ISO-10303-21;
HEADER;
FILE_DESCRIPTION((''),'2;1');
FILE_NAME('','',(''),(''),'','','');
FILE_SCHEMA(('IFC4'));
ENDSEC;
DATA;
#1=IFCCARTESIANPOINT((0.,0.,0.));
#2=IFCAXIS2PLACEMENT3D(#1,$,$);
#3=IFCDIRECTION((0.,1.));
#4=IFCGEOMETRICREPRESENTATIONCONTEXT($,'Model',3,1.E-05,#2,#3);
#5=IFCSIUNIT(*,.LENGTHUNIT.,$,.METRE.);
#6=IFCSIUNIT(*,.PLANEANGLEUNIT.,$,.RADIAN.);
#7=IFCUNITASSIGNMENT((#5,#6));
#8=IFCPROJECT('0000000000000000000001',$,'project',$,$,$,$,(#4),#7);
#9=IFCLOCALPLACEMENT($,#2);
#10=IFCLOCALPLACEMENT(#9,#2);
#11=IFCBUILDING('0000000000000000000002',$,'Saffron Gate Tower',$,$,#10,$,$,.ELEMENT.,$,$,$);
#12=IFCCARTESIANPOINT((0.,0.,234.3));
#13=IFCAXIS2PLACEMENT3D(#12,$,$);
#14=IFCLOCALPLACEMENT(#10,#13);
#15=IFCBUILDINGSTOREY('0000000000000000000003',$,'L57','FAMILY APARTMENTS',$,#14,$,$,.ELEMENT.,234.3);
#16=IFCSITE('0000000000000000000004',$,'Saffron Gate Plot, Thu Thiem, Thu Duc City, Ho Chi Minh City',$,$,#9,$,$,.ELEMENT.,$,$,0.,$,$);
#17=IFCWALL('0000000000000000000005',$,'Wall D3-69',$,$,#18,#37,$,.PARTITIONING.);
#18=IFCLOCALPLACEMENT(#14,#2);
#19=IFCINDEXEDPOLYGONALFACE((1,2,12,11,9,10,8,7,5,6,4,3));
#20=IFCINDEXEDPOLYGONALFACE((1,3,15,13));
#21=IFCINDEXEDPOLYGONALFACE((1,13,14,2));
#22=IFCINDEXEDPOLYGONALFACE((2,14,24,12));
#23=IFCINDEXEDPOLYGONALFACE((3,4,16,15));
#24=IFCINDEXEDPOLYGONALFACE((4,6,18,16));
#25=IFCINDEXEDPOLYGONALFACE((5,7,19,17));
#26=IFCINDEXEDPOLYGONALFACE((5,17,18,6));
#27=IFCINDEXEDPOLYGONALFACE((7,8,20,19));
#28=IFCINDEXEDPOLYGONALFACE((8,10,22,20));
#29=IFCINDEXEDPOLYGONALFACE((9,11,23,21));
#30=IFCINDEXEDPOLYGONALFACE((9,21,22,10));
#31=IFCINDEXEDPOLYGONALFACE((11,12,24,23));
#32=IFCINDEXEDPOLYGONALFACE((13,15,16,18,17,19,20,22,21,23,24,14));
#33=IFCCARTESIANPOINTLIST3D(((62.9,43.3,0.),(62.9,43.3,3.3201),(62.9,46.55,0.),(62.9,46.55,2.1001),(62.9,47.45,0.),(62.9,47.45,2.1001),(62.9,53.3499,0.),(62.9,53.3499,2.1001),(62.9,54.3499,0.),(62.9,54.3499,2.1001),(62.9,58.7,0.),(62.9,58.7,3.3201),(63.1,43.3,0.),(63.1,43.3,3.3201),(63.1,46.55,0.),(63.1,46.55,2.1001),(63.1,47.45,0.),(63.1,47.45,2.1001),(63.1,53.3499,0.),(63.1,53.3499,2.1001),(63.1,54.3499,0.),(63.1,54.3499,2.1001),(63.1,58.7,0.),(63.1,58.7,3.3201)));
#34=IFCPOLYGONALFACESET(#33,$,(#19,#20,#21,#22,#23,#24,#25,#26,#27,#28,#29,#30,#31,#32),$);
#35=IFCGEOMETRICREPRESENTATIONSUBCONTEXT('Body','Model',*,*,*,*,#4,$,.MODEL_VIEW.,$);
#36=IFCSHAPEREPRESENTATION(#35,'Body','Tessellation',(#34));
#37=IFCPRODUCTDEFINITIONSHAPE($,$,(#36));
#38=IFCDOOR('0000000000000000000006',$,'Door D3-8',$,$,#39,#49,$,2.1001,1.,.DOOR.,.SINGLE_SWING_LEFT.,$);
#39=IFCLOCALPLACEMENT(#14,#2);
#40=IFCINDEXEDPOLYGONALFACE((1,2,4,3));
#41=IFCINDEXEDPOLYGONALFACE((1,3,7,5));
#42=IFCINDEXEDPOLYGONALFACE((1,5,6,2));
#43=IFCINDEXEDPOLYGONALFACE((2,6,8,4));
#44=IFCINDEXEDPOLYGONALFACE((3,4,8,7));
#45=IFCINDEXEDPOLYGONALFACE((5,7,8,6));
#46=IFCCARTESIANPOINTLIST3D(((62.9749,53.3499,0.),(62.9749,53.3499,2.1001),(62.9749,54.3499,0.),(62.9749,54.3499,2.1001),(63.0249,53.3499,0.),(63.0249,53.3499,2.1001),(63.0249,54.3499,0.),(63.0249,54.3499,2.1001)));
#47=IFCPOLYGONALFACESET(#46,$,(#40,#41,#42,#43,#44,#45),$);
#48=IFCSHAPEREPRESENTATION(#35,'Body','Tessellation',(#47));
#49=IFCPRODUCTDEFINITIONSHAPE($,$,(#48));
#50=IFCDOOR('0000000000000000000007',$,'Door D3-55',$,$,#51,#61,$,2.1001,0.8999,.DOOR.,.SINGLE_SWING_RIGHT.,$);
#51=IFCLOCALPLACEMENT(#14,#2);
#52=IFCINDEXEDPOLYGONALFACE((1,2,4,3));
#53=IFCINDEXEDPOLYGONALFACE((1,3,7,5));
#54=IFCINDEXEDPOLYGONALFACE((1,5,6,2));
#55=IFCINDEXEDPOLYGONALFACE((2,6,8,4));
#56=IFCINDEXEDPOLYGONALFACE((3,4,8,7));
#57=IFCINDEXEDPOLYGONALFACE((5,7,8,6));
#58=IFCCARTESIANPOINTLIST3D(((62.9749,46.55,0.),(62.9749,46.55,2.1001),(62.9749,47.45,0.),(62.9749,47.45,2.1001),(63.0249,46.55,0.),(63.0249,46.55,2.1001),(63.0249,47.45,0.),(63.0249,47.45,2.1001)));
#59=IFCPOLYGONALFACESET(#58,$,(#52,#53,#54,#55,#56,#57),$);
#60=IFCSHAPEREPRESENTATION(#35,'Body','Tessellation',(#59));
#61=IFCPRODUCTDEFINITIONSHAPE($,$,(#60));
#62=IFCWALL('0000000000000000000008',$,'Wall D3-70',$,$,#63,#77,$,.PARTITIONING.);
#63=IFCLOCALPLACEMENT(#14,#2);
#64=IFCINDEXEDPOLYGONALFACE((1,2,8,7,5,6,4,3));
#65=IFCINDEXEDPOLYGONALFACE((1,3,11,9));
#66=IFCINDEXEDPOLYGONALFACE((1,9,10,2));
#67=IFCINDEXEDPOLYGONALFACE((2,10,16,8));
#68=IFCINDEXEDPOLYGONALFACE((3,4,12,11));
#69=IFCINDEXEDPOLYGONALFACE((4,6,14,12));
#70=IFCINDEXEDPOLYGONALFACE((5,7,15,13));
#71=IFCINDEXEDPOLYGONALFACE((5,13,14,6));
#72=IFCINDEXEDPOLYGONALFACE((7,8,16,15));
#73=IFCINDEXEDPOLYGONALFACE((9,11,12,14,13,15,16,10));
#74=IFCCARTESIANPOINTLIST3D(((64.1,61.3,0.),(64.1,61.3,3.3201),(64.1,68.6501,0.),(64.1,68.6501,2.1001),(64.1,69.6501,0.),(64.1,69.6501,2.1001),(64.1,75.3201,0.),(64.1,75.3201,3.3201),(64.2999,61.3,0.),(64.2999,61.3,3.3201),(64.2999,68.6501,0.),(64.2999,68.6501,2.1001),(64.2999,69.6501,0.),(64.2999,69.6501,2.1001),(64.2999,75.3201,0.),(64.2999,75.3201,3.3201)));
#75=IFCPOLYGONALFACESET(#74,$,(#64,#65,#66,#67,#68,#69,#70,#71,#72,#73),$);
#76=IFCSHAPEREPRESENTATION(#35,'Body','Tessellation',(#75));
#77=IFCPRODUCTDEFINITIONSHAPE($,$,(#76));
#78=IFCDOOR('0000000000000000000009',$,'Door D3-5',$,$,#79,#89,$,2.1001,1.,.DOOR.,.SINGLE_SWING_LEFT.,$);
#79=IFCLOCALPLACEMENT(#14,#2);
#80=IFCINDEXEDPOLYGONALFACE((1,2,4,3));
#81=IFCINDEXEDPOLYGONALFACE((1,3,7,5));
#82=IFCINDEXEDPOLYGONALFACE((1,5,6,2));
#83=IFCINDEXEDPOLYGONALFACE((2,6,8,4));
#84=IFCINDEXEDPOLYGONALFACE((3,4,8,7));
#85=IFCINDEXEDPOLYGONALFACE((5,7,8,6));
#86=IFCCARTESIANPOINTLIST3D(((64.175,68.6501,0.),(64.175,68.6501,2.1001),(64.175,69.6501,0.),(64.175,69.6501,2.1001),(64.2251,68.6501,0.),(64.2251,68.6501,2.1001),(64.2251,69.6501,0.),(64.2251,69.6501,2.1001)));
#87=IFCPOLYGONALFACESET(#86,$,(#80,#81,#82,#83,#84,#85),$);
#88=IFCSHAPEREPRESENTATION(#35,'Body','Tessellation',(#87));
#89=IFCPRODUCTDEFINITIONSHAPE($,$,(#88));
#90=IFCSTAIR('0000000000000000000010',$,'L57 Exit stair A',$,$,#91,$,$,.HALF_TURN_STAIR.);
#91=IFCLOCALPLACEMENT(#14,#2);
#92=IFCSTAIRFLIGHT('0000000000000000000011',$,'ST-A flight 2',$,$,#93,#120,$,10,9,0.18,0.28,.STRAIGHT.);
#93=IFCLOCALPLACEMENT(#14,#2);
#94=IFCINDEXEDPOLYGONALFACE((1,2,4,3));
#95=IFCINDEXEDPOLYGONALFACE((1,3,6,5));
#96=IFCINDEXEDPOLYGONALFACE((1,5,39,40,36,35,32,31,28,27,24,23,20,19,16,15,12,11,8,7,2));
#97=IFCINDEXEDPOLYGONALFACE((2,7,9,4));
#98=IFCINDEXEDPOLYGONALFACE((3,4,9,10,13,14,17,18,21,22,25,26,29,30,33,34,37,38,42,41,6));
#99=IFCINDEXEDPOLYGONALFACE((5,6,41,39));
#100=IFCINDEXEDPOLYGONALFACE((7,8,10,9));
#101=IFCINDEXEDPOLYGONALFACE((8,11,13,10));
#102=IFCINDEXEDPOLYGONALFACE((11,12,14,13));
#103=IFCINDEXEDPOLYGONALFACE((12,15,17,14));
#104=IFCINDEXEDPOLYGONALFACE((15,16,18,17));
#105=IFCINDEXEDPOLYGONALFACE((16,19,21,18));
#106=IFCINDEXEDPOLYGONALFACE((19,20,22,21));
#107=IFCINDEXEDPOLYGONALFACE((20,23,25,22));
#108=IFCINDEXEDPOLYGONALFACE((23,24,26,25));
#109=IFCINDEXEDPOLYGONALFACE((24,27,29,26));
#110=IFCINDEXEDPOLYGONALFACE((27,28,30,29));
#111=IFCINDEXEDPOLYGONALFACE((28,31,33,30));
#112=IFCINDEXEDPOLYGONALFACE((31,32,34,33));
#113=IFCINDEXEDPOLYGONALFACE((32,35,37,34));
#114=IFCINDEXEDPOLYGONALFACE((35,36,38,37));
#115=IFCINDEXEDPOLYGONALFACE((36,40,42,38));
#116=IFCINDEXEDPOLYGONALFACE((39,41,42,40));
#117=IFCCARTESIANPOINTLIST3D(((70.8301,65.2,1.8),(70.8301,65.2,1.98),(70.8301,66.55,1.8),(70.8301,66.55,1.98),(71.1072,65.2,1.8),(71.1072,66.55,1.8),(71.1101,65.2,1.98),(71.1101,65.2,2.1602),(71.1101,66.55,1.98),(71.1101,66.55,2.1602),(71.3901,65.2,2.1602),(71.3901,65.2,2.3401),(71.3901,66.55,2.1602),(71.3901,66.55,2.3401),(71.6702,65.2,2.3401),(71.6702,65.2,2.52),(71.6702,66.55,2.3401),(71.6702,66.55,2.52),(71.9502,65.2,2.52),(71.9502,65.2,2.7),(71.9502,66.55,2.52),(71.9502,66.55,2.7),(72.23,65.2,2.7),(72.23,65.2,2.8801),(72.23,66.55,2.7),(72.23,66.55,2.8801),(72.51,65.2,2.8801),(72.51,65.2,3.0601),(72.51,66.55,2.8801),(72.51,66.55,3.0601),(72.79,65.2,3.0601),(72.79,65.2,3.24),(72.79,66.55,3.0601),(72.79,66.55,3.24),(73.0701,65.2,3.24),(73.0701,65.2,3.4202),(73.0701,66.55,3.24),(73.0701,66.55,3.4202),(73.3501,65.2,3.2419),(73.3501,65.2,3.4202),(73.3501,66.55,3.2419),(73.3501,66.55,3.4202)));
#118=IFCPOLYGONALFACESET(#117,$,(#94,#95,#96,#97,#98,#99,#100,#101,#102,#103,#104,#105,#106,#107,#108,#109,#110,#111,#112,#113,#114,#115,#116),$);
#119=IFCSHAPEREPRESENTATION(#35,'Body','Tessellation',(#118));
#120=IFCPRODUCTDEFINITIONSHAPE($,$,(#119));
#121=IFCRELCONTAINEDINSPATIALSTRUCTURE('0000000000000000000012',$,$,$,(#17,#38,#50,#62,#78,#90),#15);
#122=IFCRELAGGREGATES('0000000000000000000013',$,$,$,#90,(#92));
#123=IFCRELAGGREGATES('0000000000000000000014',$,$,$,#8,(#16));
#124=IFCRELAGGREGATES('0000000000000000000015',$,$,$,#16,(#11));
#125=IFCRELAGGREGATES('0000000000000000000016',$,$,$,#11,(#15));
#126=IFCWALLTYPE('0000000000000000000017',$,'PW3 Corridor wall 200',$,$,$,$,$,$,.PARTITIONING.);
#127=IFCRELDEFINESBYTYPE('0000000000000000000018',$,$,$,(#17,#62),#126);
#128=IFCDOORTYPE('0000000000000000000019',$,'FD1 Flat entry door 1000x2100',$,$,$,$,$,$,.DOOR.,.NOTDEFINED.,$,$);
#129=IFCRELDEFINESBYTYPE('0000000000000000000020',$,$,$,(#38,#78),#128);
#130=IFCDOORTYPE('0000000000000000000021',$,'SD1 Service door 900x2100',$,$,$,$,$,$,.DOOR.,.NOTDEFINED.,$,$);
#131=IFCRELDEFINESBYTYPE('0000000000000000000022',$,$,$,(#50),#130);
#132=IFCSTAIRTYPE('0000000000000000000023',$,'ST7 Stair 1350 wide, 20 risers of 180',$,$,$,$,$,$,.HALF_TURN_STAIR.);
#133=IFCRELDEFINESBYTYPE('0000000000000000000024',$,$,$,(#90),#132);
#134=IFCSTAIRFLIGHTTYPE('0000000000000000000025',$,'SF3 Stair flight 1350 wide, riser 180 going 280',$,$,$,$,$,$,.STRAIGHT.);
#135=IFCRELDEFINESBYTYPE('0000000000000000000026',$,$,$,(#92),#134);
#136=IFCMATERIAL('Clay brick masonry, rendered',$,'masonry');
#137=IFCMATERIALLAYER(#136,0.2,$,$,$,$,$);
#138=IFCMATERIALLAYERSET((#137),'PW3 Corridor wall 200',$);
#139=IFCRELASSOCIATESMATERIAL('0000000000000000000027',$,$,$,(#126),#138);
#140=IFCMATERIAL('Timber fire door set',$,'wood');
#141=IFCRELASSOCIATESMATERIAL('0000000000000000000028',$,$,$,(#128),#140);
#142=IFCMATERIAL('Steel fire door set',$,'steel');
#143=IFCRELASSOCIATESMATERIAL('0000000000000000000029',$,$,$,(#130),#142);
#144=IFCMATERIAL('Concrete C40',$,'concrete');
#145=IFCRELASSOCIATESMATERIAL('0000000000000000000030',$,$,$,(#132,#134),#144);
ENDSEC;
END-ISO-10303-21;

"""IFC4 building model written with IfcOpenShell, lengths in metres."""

from ifc_helpers import new_model, si_unit, direction, frame, frame_2d, origin, place, context, subcontext, project, spatial, polyline, rectangle, outline, extrude, material, layer, layer_set, type_object, element, fill, aggregate, save


model = new_model("IFC4")

# Units and contexts
model_context = context("Model", 3, precision=1e-05, world=origin(), true_north=direction((0.0, 1.0)))
body_context = subcontext(model_context, "Body", "Model", "MODEL_VIEW")
ifc_project = project(units=[si_unit("LENGTHUNIT", "METRE"), si_unit("PLANEANGLEUNIT", "RADIAN")], contexts=[model_context])

# Site, building, storey
site_placement = place(None, origin())
site = spatial("IfcSite", under=ifc_project, at=site_placement, Name="Saffron Gate Plot, Thu Thiem, Thu Duc City, Ho Chi Minh City", CompositionType="ELEMENT", RefElevation=0.0)
building_placement = place(site_placement, origin())
building = spatial("IfcBuilding", under=site, at=building_placement, Name="Saffron Gate Tower", CompositionType="ELEMENT")
storey_placement = place(building_placement, frame((0.0, 0.0, 234.3)))
storey = spatial("IfcBuildingStorey", under=building, at=storey_placement, Name="L57", Description="FAMILY APARTMENTS", CompositionType="ELEMENT", Elevation=234.3)

# Shared definitions
ifc_material_1 = material(Name="Steel fire door set", Category="steel")

# Shared definitions
ifc_material_2 = material(Name="Clay brick masonry, rendered", Category="masonry")
ifc_layer_1 = layer(ifc_material_2, 0.2)
ifc_layer_set_1 = layer_set([ifc_layer_1], Name="PW3 Corridor wall 200")
wall_type_1 = type_object("IfcWallType", Name="PW3 Corridor wall 200", PredefinedType="PARTITIONING", material=ifc_layer_set_1)

# Wall, openings, doors
wall_1_placement = place(storey_placement, frame((63.0, 58.7, 0.0), z_axis=(0.0, 0.0, 1.0), x_axis=(0.0, -1.0, 0.0)))
wall_1 = element("IfcWall", 1, at=wall_1_placement, inside=storey, type_object=wall_type_1, Name="Wall D3-69", PredefinedType="PARTITIONING", context=body_context, shape_type="SweptSolid", body=[
    extrude(rectangle(XDim=15.3999, YDim=0.2, at=frame_2d((7.7, 0.0))), origin(), (0.0, 0.0, 1.0), 3.3201),
])
opening_1_placement = place(wall_1_placement, frame((4.3501, 0.0, 0.0)))
opening_1 = element("IfcOpeningElement", 2, at=opening_1_placement, cuts=wall_1, PredefinedType="OPENING", context=body_context, shape_type="SweptSolid", body=[
    extrude(rectangle(XDim=1.0, YDim=2.1001, at=frame_2d((0.5, 1.05))), frame((0.0, 0.1099, 0.0), z_axis=(0.0, -1.0, 0.0), x_axis=(1.0, 0.0, 0.0)), (0.0, 0.0, 1.0), 0.22),
])
opening_2_placement = place(wall_1_placement, frame((11.25, 0.0, 0.0)))
opening_2 = element("IfcOpeningElement", 3, at=opening_2_placement, cuts=wall_1, PredefinedType="OPENING", context=body_context, shape_type="SweptSolid", body=[
    extrude(rectangle(XDim=0.8999, YDim=2.1001, at=frame_2d((0.45, 1.05))), frame((0.0, 0.1099, 0.0), z_axis=(0.0, -1.0, 0.0), x_axis=(1.0, 0.0, 0.0)), (0.0, 0.0, 1.0), 0.22),
])
ifc_material_3 = material(Name="Timber fire door set", Category="wood")
door_type_1 = type_object("IfcDoorType", Name="FD1 Flat entry door 1000x2100", OperationType="NOTDEFINED", PredefinedType="DOOR", material=ifc_material_3)
door_1_placement = place(opening_1_placement, origin())
door_1 = element("IfcDoor", 4, at=door_1_placement, inside=storey, type_object=door_type_1, Name="Door D3-8", OperationType="SINGLE_SWING_LEFT", OverallHeight=2.1001, OverallWidth=1.0, PredefinedType="DOOR", context=body_context, shape_type="SweptSolid", body=[
    extrude(rectangle(XDim=1.0, YDim=2.1001, at=frame_2d((0.5, 1.05))), frame((0.0, 0.0249, 0.0), z_axis=(0.0, -1.0, 0.0), x_axis=(1.0, 0.0, 0.0)), (0.0, 0.0, 1.0), 0.05),
])
fill(opening_1, door_1)
door_type_2 = type_object("IfcDoorType", Name="SD1 Service door 900x2100", OperationType="NOTDEFINED", PredefinedType="DOOR", material=ifc_material_1)
door_2_placement = place(opening_2_placement, origin())
door_2 = element("IfcDoor", 5, at=door_2_placement, inside=storey, type_object=door_type_2, Name="Door D3-55", OperationType="SINGLE_SWING_RIGHT", OverallHeight=2.1001, OverallWidth=0.8999, PredefinedType="DOOR", context=body_context, shape_type="SweptSolid", body=[
    extrude(rectangle(XDim=0.8999, YDim=2.1001, at=frame_2d((0.45, 1.05))), frame((0.0, 0.0249, 0.0), z_axis=(0.0, -1.0, 0.0), x_axis=(1.0, 0.0, 0.0)), (0.0, 0.0, 1.0), 0.05),
])
fill(opening_2, door_2)

# Wall, opening, door
wall_2_placement = place(storey_placement, frame((64.2, 61.3, 0.0), z_axis=(0.0, 0.0, 1.0), x_axis=(0.0, 1.0, 0.0)))
wall_2 = element("IfcWall", 6, at=wall_2_placement, inside=storey, type_object=wall_type_1, Name="Wall D3-70", PredefinedType="PARTITIONING", context=body_context, shape_type="SweptSolid", body=[
    extrude(rectangle(XDim=14.02, YDim=0.2, at=frame_2d((7.01, 0.0))), origin(), (0.0, 0.0, 1.0), 3.3201),
])
opening_3_placement = place(wall_2_placement, frame((7.3501, 0.0, 0.0)))
opening_3 = element("IfcOpeningElement", 7, at=opening_3_placement, cuts=wall_2, PredefinedType="OPENING", context=body_context, shape_type="SweptSolid", body=[
    extrude(rectangle(XDim=1.0, YDim=2.1001, at=frame_2d((0.5, 1.05))), frame((0.0, 0.1099, 0.0), z_axis=(0.0, -1.0, 0.0), x_axis=(1.0, 0.0, 0.0)), (0.0, 0.0, 1.0), 0.22),
])
door_3_placement = place(opening_3_placement, origin())
door_3 = element("IfcDoor", 8, at=door_3_placement, inside=storey, type_object=door_type_1, Name="Door D3-5", OperationType="SINGLE_SWING_LEFT", OverallHeight=2.1001, OverallWidth=1.0, PredefinedType="DOOR", context=body_context, shape_type="SweptSolid", body=[
    extrude(rectangle(XDim=1.0, YDim=2.1001, at=frame_2d((0.5, 1.05))), frame((0.0, 0.0249, 0.0), z_axis=(0.0, -1.0, 0.0), x_axis=(1.0, 0.0, 0.0)), (0.0, 0.0, 1.0), 0.05),
])
fill(opening_3, door_3)

# Stair, stair flight
ifc_material_4 = material(Name="Concrete C40", Category="concrete")
stair_type = type_object("IfcStairType", Name="ST7 Stair 1350 wide, 20 risers of 180", PredefinedType="HALF_TURN_STAIR", material=ifc_material_4)
stair_placement = place(storey_placement, origin())
stair = element("IfcStair", 9, at=stair_placement, inside=storey, type_object=stair_type, Name="L57 Exit stair A", PredefinedType="HALF_TURN_STAIR")
stair_flight_type = type_object("IfcStairFlightType", Name="SF3 Stair flight 1350 wide, riser 180 going 280", PredefinedType="STRAIGHT", material=ifc_material_4)
stair_flight_placement = place(storey_placement, frame((70.8301, 65.875, 1.8), z_axis=(0.0, 0.0, 1.0), x_axis=(1.0, 0.0, 0.0)))
stair_flight = element("IfcStairFlight", 10, at=stair_flight_placement, type_object=stair_flight_type, Name="ST-A flight 2", NumberOfRisers=10, NumberOfTreads=9, PredefinedType="STRAIGHT", RiserHeight=0.18, TreadLength=0.28, context=body_context, shape_type="SweptSolid", body=[
    extrude(outline(polyline([(0.0, 0.0), (0.0, 0.1799), (0.28, 0.1799), (0.28, 0.3601), (0.5601, 0.3601), (0.5601, 0.54), (0.8401, 0.54), (0.8401, 0.72), (1.1201, 0.72), (1.1201, 0.8999), (1.3999, 0.8999), (1.3999, 1.0801), (1.6799, 1.0801), (1.6799, 1.26), (1.96, 1.26), (1.96, 1.4399), (2.24, 1.4399), (2.24, 1.6201), (2.52, 1.6201), (2.52, 1.8), (2.52, 1.4419), (0.2771, 0.0), (0.0, 0.0)])), frame((0.0, 0.675, 0.0), z_axis=(0.0, -1.0, 0.0), x_axis=(1.0, 0.0, 0.0)), (0.0, 0.0, 1.0), 1.3501),
])
aggregate(stair, [stair_flight])

save(model, "model.ifc")
